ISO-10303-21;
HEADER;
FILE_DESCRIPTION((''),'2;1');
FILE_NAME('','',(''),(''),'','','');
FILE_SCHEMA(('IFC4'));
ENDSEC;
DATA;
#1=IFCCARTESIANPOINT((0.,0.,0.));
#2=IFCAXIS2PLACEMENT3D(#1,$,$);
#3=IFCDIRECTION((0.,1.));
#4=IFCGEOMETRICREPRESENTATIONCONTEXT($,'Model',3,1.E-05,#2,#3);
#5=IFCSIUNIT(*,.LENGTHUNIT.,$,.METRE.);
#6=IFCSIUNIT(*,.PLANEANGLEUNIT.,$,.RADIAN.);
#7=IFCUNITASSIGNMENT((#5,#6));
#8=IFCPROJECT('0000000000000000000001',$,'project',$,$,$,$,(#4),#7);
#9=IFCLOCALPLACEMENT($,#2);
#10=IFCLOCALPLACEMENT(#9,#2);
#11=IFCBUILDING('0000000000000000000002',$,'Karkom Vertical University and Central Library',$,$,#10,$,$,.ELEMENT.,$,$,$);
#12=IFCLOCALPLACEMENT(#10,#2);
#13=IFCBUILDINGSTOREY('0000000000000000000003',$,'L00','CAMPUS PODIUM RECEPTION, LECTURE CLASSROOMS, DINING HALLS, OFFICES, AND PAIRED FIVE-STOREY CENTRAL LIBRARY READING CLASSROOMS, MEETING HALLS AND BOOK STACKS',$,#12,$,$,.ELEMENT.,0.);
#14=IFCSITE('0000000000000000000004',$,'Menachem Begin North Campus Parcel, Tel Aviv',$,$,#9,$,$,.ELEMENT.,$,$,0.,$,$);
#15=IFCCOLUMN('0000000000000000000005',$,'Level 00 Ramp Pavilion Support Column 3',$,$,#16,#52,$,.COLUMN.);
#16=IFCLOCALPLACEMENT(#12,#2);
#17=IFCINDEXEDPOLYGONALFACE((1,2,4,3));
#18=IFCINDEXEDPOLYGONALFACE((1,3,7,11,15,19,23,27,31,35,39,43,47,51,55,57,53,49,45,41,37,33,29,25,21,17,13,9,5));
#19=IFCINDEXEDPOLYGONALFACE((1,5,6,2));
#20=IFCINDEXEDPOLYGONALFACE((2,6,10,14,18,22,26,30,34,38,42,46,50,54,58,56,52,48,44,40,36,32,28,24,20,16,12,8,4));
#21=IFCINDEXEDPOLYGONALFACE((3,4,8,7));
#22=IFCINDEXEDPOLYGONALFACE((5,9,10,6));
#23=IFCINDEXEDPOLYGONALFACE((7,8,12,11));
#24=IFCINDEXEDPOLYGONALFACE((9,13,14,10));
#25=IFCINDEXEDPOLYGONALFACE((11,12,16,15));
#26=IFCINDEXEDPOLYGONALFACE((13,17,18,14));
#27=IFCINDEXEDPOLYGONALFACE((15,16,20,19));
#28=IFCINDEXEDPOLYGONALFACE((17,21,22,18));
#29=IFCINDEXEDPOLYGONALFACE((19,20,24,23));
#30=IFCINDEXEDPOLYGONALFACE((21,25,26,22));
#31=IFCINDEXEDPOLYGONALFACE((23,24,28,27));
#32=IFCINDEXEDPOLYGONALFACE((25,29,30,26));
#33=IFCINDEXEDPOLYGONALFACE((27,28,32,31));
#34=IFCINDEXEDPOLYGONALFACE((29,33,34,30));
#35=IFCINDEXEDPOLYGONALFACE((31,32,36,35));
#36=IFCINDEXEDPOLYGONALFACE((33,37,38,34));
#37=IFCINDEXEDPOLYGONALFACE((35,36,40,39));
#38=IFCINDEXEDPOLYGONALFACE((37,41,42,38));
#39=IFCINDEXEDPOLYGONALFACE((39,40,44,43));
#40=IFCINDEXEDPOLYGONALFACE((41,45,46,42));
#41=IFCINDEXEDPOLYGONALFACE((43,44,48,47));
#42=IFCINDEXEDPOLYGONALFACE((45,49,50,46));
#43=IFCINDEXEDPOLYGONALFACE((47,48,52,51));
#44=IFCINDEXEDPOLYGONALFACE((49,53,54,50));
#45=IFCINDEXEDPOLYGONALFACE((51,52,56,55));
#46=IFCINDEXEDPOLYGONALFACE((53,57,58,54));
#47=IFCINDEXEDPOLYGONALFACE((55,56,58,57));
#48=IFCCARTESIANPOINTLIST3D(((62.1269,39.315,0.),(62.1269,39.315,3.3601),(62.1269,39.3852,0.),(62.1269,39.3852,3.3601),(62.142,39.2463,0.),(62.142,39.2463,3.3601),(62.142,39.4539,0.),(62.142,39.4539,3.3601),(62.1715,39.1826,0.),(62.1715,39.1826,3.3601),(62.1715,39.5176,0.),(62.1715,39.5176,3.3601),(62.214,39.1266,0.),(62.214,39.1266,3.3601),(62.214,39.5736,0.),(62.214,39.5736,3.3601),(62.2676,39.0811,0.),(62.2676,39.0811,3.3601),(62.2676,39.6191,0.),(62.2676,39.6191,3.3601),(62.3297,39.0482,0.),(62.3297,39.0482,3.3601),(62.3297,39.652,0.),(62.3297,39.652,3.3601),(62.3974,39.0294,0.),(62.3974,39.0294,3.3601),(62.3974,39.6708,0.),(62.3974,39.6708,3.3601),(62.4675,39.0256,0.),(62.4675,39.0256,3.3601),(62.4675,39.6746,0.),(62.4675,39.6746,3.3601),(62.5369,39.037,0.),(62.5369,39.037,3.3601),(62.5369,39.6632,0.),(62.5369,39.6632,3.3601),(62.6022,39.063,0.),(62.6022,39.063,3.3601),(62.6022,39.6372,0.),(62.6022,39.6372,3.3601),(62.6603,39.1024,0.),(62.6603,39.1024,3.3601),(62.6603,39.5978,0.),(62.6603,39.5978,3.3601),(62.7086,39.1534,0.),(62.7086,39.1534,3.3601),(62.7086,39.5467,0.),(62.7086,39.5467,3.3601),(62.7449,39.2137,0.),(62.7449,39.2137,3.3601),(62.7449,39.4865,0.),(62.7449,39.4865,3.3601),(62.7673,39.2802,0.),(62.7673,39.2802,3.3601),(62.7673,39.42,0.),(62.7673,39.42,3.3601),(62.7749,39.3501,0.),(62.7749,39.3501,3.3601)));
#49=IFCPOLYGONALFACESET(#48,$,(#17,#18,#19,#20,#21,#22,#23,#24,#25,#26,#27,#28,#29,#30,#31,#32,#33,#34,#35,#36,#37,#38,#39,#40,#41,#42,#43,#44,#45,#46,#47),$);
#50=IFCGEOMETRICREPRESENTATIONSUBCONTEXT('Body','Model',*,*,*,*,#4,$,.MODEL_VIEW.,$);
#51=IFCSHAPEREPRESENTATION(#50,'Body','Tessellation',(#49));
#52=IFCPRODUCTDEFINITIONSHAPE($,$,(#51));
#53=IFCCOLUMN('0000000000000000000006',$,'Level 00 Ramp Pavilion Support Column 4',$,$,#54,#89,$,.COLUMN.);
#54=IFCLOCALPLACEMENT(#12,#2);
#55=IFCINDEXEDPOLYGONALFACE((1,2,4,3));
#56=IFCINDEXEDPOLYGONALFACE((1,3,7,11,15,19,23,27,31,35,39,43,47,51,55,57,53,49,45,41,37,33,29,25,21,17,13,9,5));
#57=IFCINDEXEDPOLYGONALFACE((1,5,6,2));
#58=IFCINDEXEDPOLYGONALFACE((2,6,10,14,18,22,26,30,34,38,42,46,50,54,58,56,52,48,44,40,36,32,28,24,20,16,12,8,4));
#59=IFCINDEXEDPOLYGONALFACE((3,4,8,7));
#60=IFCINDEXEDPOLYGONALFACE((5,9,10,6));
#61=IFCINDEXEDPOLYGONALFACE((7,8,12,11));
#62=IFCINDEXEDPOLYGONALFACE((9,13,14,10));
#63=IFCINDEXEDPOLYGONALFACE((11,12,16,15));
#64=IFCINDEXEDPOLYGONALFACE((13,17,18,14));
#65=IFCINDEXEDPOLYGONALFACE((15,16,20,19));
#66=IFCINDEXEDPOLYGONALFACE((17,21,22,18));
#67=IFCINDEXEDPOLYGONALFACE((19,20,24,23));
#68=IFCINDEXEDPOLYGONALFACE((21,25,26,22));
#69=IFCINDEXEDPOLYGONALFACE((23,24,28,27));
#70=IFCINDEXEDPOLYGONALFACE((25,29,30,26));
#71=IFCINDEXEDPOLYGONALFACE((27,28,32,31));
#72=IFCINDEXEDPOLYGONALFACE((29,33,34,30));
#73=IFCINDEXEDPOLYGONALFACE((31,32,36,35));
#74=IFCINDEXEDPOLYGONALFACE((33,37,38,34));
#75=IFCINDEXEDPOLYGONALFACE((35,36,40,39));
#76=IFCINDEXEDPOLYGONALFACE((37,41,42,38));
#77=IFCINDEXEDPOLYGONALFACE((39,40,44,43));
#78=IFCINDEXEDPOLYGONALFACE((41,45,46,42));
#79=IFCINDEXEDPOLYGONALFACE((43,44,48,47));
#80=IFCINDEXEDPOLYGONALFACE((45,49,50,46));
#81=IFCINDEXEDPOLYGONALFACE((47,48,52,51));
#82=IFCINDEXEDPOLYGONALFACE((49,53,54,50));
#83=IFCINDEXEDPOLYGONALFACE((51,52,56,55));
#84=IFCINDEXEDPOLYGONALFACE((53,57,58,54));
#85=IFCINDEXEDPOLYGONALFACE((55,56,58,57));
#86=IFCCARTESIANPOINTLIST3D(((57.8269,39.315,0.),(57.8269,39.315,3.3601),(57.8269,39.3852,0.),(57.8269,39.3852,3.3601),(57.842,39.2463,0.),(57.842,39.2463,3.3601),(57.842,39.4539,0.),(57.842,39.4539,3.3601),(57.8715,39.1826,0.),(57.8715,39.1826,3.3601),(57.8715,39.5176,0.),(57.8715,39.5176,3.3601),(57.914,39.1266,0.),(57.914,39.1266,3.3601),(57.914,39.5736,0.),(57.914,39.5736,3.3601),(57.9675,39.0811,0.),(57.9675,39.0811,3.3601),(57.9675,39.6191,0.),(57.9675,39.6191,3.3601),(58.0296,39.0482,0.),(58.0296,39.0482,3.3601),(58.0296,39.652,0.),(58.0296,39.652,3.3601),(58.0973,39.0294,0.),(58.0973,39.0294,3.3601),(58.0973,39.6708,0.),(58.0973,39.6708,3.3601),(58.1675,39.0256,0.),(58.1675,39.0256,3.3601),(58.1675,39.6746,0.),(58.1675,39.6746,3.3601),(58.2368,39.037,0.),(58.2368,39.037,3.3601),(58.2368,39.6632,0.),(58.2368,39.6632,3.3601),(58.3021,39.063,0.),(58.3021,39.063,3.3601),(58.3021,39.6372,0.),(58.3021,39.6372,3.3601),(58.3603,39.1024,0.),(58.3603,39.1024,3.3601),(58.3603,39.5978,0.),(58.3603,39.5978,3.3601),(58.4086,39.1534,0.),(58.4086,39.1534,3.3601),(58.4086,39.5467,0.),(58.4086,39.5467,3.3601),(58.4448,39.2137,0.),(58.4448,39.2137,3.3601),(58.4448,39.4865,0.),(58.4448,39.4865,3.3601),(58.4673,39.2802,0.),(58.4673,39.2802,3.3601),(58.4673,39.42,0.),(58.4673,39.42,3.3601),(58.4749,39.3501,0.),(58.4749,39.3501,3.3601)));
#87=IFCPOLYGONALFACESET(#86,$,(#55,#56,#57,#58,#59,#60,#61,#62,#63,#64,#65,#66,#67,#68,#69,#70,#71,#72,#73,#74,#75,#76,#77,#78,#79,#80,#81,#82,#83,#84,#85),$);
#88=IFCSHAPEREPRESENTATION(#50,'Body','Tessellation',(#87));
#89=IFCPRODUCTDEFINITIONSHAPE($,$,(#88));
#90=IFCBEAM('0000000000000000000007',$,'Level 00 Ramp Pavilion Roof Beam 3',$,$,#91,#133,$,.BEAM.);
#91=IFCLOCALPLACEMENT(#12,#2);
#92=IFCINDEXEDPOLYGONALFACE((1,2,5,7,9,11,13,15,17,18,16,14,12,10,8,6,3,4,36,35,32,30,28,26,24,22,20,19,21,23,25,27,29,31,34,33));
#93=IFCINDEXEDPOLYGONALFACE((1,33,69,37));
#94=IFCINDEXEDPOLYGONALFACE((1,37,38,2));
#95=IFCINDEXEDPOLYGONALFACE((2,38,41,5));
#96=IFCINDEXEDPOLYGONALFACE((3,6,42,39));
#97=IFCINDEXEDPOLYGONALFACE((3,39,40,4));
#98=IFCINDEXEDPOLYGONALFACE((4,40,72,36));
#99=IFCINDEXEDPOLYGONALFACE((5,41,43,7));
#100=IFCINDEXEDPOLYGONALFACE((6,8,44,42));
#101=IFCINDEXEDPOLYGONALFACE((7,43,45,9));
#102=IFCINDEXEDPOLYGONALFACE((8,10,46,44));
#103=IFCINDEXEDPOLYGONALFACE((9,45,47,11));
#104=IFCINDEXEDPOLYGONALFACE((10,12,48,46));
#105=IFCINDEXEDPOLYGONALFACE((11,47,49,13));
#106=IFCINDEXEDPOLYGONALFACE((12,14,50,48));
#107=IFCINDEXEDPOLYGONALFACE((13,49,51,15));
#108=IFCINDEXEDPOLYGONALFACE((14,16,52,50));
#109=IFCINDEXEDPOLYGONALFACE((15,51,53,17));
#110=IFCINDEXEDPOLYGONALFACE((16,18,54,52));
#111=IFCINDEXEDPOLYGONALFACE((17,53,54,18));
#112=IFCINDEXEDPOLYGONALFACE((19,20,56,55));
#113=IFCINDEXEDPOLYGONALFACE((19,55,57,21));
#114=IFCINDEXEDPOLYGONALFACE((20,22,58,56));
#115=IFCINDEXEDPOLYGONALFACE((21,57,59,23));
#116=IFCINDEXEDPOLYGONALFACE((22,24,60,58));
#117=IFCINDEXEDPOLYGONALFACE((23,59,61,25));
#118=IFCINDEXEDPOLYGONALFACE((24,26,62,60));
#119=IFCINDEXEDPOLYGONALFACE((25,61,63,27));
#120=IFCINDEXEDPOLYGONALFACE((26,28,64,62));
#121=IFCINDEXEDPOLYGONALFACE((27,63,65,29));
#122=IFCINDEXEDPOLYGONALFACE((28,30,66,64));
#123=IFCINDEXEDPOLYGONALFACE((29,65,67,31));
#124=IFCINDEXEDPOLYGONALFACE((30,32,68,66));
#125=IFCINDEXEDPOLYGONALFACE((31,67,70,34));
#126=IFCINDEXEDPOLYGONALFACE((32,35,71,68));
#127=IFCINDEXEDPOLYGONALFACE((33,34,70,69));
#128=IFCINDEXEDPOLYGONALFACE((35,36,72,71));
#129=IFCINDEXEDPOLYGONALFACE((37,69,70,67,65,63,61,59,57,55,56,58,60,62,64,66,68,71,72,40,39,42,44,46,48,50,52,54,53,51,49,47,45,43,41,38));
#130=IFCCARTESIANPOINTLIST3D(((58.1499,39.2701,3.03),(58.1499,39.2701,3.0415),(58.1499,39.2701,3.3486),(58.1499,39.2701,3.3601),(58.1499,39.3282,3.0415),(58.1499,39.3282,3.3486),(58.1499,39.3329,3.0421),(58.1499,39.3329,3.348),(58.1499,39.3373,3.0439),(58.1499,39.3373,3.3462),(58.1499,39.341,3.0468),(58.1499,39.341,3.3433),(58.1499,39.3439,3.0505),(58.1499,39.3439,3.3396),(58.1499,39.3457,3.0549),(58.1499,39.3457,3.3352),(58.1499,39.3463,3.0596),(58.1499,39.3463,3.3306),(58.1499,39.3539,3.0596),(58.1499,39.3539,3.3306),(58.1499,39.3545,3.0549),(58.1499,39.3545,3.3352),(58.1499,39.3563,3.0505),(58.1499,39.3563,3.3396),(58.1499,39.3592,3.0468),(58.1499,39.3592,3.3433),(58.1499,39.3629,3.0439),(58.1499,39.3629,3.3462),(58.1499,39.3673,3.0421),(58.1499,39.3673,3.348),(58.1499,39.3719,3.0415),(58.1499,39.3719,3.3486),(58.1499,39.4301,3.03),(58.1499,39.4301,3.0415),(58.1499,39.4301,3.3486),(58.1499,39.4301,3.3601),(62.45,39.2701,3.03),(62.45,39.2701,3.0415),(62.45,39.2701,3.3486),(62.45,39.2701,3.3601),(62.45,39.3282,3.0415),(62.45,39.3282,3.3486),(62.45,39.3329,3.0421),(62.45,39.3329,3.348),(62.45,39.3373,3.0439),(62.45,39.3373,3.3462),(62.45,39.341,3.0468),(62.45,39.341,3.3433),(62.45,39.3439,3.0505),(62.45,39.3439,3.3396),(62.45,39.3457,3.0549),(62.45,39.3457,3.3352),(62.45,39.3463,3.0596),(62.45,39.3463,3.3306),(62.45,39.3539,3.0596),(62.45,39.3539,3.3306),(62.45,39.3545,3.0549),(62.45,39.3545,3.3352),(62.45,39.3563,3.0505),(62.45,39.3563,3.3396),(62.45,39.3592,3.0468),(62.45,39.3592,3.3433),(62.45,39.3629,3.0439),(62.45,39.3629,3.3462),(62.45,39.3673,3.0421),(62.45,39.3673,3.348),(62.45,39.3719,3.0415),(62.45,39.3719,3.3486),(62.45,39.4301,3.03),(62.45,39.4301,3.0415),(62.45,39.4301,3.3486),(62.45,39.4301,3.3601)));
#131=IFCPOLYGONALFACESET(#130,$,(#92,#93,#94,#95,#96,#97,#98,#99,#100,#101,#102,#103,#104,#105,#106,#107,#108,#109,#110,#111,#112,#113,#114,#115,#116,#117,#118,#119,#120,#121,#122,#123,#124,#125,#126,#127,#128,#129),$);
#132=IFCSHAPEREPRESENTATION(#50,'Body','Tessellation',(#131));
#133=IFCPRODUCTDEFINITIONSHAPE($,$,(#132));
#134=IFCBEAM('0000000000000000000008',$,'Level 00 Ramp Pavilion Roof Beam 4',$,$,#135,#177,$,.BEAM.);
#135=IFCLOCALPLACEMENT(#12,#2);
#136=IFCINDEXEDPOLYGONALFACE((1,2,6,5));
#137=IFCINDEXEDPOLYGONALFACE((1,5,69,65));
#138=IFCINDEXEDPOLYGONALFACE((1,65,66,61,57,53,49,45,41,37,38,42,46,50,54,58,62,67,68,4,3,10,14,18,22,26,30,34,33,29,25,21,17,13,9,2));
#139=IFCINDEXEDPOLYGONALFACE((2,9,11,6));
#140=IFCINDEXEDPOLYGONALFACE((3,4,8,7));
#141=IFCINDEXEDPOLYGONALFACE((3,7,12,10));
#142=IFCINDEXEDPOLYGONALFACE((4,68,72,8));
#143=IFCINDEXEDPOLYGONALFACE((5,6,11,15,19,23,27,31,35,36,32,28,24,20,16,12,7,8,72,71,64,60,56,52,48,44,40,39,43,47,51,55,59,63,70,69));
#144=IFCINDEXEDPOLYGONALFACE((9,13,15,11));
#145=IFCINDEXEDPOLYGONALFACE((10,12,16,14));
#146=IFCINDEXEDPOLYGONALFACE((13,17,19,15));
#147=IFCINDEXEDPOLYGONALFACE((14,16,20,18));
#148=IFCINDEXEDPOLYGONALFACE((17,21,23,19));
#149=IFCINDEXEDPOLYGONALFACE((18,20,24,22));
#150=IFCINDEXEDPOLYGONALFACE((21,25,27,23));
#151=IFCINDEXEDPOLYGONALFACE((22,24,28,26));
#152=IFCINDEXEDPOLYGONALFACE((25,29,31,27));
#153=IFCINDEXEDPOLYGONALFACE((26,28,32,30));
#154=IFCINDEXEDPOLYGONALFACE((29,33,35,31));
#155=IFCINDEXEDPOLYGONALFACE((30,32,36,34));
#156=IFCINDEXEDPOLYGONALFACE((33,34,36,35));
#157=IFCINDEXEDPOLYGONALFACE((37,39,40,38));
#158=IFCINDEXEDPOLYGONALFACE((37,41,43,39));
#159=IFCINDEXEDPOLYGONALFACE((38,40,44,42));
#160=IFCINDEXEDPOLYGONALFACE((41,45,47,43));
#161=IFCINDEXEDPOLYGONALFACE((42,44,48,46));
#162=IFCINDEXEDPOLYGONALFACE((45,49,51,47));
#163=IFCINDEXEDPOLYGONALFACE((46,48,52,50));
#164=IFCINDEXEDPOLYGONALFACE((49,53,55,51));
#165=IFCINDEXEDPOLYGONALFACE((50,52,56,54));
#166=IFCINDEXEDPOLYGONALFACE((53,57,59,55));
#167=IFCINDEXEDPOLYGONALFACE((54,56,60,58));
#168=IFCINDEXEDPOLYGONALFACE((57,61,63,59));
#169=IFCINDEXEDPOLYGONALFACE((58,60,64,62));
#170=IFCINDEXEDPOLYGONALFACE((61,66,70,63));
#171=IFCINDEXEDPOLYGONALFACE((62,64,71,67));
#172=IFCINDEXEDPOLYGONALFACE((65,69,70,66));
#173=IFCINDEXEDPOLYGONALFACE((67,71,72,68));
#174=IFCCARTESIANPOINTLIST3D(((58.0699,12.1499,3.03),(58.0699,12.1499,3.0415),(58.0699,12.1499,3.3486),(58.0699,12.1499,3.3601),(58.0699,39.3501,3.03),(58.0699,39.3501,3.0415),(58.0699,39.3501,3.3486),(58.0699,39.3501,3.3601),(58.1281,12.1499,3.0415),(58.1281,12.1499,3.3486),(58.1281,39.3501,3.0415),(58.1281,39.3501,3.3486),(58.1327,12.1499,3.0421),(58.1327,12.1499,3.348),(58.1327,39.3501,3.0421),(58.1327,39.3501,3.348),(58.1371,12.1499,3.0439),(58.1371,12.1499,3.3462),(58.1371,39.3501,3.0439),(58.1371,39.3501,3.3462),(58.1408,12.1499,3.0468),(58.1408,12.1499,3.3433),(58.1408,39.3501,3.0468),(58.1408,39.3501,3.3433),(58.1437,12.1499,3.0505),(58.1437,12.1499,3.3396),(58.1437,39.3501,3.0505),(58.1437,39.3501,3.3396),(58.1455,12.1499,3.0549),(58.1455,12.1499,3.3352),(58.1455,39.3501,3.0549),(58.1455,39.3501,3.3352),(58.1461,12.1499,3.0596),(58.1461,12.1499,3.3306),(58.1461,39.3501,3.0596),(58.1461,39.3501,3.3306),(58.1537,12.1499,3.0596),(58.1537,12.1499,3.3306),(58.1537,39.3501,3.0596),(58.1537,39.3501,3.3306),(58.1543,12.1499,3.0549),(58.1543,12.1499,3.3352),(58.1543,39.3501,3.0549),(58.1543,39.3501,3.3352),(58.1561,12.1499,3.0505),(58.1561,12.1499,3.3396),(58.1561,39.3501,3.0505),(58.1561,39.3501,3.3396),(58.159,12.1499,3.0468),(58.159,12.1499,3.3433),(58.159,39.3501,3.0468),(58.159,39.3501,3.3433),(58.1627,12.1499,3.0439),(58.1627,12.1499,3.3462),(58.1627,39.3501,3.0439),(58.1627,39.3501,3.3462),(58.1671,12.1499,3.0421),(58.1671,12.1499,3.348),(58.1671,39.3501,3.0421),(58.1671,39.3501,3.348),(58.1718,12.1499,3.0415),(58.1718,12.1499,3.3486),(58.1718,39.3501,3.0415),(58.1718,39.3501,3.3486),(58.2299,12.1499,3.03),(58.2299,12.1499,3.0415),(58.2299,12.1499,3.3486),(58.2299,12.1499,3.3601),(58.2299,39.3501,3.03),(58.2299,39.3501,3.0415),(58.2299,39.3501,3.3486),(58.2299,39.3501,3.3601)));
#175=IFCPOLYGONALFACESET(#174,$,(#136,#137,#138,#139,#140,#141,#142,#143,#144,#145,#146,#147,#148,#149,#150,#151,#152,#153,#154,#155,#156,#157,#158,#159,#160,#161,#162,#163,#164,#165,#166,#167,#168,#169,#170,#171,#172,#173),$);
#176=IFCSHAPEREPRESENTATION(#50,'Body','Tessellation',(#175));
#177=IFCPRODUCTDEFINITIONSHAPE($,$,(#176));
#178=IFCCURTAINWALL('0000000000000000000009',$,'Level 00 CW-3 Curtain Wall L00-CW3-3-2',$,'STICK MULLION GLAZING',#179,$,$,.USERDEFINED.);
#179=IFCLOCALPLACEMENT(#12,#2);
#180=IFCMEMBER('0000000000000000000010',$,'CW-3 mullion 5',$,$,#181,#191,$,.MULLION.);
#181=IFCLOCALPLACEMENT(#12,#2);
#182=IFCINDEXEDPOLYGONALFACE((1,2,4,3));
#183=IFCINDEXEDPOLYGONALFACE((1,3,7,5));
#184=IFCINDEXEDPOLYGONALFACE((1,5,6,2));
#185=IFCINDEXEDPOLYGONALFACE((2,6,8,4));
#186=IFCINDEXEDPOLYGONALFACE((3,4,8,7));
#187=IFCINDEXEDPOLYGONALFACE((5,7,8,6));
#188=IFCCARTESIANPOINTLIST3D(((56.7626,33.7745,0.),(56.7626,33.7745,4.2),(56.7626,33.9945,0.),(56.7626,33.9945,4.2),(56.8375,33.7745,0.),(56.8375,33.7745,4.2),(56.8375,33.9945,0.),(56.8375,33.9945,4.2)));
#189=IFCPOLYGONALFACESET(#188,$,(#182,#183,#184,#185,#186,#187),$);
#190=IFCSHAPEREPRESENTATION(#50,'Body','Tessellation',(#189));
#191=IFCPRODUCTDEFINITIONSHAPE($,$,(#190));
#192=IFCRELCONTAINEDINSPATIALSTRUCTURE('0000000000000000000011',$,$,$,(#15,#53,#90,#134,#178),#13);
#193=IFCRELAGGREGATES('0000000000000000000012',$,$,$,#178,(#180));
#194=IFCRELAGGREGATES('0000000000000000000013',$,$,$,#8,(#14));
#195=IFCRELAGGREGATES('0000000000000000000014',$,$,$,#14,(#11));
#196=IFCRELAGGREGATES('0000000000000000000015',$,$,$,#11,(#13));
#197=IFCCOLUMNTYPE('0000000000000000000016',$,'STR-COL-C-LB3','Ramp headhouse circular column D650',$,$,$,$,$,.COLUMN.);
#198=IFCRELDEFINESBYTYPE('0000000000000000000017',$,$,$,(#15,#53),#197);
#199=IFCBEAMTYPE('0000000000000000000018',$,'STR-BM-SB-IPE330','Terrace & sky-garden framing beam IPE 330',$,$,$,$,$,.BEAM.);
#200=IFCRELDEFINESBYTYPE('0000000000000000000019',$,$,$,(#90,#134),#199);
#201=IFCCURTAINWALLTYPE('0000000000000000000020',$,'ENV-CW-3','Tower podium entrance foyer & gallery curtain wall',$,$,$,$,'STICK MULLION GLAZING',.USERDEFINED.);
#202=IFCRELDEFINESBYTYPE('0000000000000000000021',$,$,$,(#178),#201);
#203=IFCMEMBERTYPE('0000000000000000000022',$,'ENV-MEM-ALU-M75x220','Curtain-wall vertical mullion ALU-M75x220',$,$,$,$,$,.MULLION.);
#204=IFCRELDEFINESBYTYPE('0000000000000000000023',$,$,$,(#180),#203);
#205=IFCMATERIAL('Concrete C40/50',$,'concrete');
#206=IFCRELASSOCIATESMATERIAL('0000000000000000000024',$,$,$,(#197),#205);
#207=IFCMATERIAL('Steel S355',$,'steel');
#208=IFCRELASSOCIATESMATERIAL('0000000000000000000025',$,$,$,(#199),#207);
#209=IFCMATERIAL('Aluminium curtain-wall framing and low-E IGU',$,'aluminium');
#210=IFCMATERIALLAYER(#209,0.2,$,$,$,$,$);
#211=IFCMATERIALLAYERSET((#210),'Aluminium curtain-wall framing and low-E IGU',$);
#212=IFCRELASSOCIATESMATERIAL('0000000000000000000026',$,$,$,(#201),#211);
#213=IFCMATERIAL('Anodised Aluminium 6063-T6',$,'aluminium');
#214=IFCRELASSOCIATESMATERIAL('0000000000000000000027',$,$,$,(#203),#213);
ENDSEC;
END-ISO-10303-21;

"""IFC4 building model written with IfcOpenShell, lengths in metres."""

from ifc_helpers import new_model, si_unit, direction, frame, origin, origin_with_axes, origin_2d, place, context, subcontext, project, spatial, rectangle, circle, i_section, extrude, source, transform, mapped, material, layer, layer_set, material_profile, profile_set, type_object, element, aggregate, save


model = new_model("IFC4")

# Units and contexts
model_context = context("Model", 3, precision=1e-05, world=origin(), true_north=direction((0.0, 1.0)))
body_context = subcontext(model_context, "Body", "Model", "MODEL_VIEW")
ifc_project = project(units=[si_unit("LENGTHUNIT", "METRE"), si_unit("PLANEANGLEUNIT", "RADIAN")], contexts=[model_context])

# Site, building, storey
site_placement = place(None, origin())
site = spatial("IfcSite", under=ifc_project, at=site_placement, Name="Menachem Begin North Campus Parcel, Tel Aviv", CompositionType="ELEMENT", RefElevation=0.0)
building_placement = place(site_placement, origin())
building = spatial("IfcBuilding", under=site, at=building_placement, Name="Karkom Vertical University and Central Library", CompositionType="ELEMENT")
storey_placement = place(building_placement, origin())
storey = spatial("IfcBuildingStorey", under=building, at=storey_placement, Name="L00", Description="CAMPUS PODIUM RECEPTION, LECTURE CLASSROOMS, DINING HALLS, OFFICES, AND PAIRED FIVE-STOREY CENTRAL LIBRARY READING CLASSROOMS, MEETING HALLS AND BOOK STACKS", CompositionType="ELEMENT", Elevation=0.0)

# Columns
ifc_material_1 = material(Name="Concrete C40/50", Category="concrete")
ifc_material_profile_1 = material_profile(ifc_material_1, circle(Radius=0.325, at=origin_2d()), Name="RC-D650")
ifc_profile_set_1 = profile_set([ifc_material_profile_1], Name="Concrete C40/50")
column_type = type_object("IfcColumnType", Name="STR-COL-C-LB3", Description="Ramp headhouse circular column D650", PredefinedType="COLUMN", material=ifc_profile_set_1)
shared_shape_1 = source(origin_with_axes(), body_context, "Body", "SweptSolid", [
    extrude(circle(Radius=0.325, at=origin_2d()), origin(), (0.0, 0.0, 1.0), 3.3601),
])
for number, where, z_axis, x_axis, name in (
    (1, (62.45, 39.3501, 0.0), (0.0, 0.0, 1.0), (1.0, 0.0, 0.0), "Level 00 Ramp Pavilion Support Column 3"),
    (2, (58.1499, 39.3501, 0.0), (0.0, 0.0, 1.0), (1.0, 0.0, 0.0), "Level 00 Ramp Pavilion Support Column 4"),
):
    element("IfcColumn", number, at=place(storey_placement, frame(where, z_axis=z_axis, x_axis=x_axis)), inside=storey, type_object=column_type, Name=name, PredefinedType="COLUMN", context=body_context, shape_type="MappedRepresentation", body=[
        mapped(shared_shape_1, transform((0.0, 0.0, 0.0), scale=1.0)),
    ])

# Beams
ifc_material_2 = material(Name="Steel S355", Category="steel")
ifc_material_profile_2 = material_profile(ifc_material_2, i_section(OverallWidth=0.1599, OverallDepth=0.3301, WebThickness=0.0076, FlangeThickness=0.0115, FilletRadius=0.0181, at=origin_2d()), Name="IPE 330")
ifc_profile_set_2 = profile_set([ifc_material_profile_2], Name="Steel S355")
beam_type = type_object("IfcBeamType", Name="STR-BM-SB-IPE330", Description="Terrace & sky-garden framing beam IPE 330", PredefinedType="BEAM", material=ifc_profile_set_2)
shared_shape_2 = source(origin_with_axes(), body_context, "Body", "SweptSolid", [
    extrude(i_section(OverallWidth=0.1599, OverallDepth=0.3301, WebThickness=0.0076, FlangeThickness=0.0115, FilletRadius=0.0181, at=origin_2d()), origin(), (0.0, 0.0, 1.0), 4.3),
])
beam_1_placement = place(storey_placement, frame((62.45, 39.3501, 3.1951), z_axis=(-1.0, 0.0, 0.0), x_axis=(0.0, -1.0, 0.0)))
element("IfcBeam", 3, at=beam_1_placement, inside=storey, type_object=beam_type, Name="Level 00 Ramp Pavilion Roof Beam 3", PredefinedType="BEAM", context=body_context, shape_type="MappedRepresentation", body=[
    mapped(shared_shape_2, transform((0.0, 0.0, 0.0), scale=1.0)),
])
shared_shape_3 = source(origin_with_axes(), body_context, "Body", "SweptSolid", [
    extrude(i_section(OverallWidth=0.1599, OverallDepth=0.3301, WebThickness=0.0076, FlangeThickness=0.0115, FilletRadius=0.0181, at=origin_2d()), origin(), (0.0, 0.0, 1.0), 27.2002),
])
beam_2_placement = place(storey_placement, frame((58.1499, 39.3501, 3.1951), z_axis=(0.0, -1.0, 0.0), x_axis=(1.0, 0.0, 0.0)))
element("IfcBeam", 4, at=beam_2_placement, inside=storey, type_object=beam_type, Name="Level 00 Ramp Pavilion Roof Beam 4", PredefinedType="BEAM", context=body_context, shape_type="MappedRepresentation", body=[
    mapped(shared_shape_3, transform((0.0, 0.0, 0.0), scale=1.0)),
])

# Curtain wall, member
ifc_material_3 = material(Name="Aluminium curtain-wall framing and low-E IGU", Category="aluminium")
ifc_layer_1 = layer(ifc_material_3, 0.2)
ifc_layer_set_1 = layer_set([ifc_layer_1], Name="Aluminium curtain-wall framing and low-E IGU")
curtain_wall_type = type_object("IfcCurtainWallType", Name="ENV-CW-3", Description="Tower podium entrance foyer & gallery curtain wall", ElementType="STICK MULLION GLAZING", PredefinedType="USERDEFINED", material=ifc_layer_set_1)
curtain_wall_placement = place(storey_placement, origin())
curtain_wall = element("IfcCurtainWall", 5, at=curtain_wall_placement, inside=storey, type_object=curtain_wall_type, Name="Level 00 CW-3 Curtain Wall L00-CW3-3-2", ObjectType="STICK MULLION GLAZING", PredefinedType="USERDEFINED")
ifc_material_4 = material(Name="Anodised Aluminium 6063-T6", Category="aluminium")
ifc_material_profile_3 = material_profile(ifc_material_4, rectangle(XDim=0.075, YDim=0.22, at=origin_2d()), Name="ALU-M75x220")
ifc_profile_set_3 = profile_set([ifc_material_profile_3], Name="Anodised Aluminium 6063-T6")
member_type_1 = type_object("IfcMemberType", Name="ENV-MEM-ALU-M75x220", Description="Curtain-wall vertical mullion ALU-M75x220", PredefinedType="MULLION", material=ifc_profile_set_3)
shared_shape_4 = source(origin_with_axes(), body_context, "Body", "SweptSolid", [
    extrude(rectangle(XDim=0.075, YDim=0.22, at=origin_2d()), origin(), (0.0, 0.0, 1.0), 4.2),
])
member_1_placement = place(storey_placement, frame((56.8, 33.8845, 0.0), z_axis=(0.0, 0.0, 1.0), x_axis=(-1.0, 0.0, 0.0)))
member_1 = element("IfcMember", 6, at=member_1_placement, type_object=member_type_1, Name="CW-3 mullion 5", PredefinedType="MULLION", context=body_context, shape_type="MappedRepresentation", body=[
    mapped(shared_shape_4, transform((0.0, 0.0, 0.0), scale=1.0)),
])
aggregate(curtain_wall, [member_1])

save(model, "model.ifc")
